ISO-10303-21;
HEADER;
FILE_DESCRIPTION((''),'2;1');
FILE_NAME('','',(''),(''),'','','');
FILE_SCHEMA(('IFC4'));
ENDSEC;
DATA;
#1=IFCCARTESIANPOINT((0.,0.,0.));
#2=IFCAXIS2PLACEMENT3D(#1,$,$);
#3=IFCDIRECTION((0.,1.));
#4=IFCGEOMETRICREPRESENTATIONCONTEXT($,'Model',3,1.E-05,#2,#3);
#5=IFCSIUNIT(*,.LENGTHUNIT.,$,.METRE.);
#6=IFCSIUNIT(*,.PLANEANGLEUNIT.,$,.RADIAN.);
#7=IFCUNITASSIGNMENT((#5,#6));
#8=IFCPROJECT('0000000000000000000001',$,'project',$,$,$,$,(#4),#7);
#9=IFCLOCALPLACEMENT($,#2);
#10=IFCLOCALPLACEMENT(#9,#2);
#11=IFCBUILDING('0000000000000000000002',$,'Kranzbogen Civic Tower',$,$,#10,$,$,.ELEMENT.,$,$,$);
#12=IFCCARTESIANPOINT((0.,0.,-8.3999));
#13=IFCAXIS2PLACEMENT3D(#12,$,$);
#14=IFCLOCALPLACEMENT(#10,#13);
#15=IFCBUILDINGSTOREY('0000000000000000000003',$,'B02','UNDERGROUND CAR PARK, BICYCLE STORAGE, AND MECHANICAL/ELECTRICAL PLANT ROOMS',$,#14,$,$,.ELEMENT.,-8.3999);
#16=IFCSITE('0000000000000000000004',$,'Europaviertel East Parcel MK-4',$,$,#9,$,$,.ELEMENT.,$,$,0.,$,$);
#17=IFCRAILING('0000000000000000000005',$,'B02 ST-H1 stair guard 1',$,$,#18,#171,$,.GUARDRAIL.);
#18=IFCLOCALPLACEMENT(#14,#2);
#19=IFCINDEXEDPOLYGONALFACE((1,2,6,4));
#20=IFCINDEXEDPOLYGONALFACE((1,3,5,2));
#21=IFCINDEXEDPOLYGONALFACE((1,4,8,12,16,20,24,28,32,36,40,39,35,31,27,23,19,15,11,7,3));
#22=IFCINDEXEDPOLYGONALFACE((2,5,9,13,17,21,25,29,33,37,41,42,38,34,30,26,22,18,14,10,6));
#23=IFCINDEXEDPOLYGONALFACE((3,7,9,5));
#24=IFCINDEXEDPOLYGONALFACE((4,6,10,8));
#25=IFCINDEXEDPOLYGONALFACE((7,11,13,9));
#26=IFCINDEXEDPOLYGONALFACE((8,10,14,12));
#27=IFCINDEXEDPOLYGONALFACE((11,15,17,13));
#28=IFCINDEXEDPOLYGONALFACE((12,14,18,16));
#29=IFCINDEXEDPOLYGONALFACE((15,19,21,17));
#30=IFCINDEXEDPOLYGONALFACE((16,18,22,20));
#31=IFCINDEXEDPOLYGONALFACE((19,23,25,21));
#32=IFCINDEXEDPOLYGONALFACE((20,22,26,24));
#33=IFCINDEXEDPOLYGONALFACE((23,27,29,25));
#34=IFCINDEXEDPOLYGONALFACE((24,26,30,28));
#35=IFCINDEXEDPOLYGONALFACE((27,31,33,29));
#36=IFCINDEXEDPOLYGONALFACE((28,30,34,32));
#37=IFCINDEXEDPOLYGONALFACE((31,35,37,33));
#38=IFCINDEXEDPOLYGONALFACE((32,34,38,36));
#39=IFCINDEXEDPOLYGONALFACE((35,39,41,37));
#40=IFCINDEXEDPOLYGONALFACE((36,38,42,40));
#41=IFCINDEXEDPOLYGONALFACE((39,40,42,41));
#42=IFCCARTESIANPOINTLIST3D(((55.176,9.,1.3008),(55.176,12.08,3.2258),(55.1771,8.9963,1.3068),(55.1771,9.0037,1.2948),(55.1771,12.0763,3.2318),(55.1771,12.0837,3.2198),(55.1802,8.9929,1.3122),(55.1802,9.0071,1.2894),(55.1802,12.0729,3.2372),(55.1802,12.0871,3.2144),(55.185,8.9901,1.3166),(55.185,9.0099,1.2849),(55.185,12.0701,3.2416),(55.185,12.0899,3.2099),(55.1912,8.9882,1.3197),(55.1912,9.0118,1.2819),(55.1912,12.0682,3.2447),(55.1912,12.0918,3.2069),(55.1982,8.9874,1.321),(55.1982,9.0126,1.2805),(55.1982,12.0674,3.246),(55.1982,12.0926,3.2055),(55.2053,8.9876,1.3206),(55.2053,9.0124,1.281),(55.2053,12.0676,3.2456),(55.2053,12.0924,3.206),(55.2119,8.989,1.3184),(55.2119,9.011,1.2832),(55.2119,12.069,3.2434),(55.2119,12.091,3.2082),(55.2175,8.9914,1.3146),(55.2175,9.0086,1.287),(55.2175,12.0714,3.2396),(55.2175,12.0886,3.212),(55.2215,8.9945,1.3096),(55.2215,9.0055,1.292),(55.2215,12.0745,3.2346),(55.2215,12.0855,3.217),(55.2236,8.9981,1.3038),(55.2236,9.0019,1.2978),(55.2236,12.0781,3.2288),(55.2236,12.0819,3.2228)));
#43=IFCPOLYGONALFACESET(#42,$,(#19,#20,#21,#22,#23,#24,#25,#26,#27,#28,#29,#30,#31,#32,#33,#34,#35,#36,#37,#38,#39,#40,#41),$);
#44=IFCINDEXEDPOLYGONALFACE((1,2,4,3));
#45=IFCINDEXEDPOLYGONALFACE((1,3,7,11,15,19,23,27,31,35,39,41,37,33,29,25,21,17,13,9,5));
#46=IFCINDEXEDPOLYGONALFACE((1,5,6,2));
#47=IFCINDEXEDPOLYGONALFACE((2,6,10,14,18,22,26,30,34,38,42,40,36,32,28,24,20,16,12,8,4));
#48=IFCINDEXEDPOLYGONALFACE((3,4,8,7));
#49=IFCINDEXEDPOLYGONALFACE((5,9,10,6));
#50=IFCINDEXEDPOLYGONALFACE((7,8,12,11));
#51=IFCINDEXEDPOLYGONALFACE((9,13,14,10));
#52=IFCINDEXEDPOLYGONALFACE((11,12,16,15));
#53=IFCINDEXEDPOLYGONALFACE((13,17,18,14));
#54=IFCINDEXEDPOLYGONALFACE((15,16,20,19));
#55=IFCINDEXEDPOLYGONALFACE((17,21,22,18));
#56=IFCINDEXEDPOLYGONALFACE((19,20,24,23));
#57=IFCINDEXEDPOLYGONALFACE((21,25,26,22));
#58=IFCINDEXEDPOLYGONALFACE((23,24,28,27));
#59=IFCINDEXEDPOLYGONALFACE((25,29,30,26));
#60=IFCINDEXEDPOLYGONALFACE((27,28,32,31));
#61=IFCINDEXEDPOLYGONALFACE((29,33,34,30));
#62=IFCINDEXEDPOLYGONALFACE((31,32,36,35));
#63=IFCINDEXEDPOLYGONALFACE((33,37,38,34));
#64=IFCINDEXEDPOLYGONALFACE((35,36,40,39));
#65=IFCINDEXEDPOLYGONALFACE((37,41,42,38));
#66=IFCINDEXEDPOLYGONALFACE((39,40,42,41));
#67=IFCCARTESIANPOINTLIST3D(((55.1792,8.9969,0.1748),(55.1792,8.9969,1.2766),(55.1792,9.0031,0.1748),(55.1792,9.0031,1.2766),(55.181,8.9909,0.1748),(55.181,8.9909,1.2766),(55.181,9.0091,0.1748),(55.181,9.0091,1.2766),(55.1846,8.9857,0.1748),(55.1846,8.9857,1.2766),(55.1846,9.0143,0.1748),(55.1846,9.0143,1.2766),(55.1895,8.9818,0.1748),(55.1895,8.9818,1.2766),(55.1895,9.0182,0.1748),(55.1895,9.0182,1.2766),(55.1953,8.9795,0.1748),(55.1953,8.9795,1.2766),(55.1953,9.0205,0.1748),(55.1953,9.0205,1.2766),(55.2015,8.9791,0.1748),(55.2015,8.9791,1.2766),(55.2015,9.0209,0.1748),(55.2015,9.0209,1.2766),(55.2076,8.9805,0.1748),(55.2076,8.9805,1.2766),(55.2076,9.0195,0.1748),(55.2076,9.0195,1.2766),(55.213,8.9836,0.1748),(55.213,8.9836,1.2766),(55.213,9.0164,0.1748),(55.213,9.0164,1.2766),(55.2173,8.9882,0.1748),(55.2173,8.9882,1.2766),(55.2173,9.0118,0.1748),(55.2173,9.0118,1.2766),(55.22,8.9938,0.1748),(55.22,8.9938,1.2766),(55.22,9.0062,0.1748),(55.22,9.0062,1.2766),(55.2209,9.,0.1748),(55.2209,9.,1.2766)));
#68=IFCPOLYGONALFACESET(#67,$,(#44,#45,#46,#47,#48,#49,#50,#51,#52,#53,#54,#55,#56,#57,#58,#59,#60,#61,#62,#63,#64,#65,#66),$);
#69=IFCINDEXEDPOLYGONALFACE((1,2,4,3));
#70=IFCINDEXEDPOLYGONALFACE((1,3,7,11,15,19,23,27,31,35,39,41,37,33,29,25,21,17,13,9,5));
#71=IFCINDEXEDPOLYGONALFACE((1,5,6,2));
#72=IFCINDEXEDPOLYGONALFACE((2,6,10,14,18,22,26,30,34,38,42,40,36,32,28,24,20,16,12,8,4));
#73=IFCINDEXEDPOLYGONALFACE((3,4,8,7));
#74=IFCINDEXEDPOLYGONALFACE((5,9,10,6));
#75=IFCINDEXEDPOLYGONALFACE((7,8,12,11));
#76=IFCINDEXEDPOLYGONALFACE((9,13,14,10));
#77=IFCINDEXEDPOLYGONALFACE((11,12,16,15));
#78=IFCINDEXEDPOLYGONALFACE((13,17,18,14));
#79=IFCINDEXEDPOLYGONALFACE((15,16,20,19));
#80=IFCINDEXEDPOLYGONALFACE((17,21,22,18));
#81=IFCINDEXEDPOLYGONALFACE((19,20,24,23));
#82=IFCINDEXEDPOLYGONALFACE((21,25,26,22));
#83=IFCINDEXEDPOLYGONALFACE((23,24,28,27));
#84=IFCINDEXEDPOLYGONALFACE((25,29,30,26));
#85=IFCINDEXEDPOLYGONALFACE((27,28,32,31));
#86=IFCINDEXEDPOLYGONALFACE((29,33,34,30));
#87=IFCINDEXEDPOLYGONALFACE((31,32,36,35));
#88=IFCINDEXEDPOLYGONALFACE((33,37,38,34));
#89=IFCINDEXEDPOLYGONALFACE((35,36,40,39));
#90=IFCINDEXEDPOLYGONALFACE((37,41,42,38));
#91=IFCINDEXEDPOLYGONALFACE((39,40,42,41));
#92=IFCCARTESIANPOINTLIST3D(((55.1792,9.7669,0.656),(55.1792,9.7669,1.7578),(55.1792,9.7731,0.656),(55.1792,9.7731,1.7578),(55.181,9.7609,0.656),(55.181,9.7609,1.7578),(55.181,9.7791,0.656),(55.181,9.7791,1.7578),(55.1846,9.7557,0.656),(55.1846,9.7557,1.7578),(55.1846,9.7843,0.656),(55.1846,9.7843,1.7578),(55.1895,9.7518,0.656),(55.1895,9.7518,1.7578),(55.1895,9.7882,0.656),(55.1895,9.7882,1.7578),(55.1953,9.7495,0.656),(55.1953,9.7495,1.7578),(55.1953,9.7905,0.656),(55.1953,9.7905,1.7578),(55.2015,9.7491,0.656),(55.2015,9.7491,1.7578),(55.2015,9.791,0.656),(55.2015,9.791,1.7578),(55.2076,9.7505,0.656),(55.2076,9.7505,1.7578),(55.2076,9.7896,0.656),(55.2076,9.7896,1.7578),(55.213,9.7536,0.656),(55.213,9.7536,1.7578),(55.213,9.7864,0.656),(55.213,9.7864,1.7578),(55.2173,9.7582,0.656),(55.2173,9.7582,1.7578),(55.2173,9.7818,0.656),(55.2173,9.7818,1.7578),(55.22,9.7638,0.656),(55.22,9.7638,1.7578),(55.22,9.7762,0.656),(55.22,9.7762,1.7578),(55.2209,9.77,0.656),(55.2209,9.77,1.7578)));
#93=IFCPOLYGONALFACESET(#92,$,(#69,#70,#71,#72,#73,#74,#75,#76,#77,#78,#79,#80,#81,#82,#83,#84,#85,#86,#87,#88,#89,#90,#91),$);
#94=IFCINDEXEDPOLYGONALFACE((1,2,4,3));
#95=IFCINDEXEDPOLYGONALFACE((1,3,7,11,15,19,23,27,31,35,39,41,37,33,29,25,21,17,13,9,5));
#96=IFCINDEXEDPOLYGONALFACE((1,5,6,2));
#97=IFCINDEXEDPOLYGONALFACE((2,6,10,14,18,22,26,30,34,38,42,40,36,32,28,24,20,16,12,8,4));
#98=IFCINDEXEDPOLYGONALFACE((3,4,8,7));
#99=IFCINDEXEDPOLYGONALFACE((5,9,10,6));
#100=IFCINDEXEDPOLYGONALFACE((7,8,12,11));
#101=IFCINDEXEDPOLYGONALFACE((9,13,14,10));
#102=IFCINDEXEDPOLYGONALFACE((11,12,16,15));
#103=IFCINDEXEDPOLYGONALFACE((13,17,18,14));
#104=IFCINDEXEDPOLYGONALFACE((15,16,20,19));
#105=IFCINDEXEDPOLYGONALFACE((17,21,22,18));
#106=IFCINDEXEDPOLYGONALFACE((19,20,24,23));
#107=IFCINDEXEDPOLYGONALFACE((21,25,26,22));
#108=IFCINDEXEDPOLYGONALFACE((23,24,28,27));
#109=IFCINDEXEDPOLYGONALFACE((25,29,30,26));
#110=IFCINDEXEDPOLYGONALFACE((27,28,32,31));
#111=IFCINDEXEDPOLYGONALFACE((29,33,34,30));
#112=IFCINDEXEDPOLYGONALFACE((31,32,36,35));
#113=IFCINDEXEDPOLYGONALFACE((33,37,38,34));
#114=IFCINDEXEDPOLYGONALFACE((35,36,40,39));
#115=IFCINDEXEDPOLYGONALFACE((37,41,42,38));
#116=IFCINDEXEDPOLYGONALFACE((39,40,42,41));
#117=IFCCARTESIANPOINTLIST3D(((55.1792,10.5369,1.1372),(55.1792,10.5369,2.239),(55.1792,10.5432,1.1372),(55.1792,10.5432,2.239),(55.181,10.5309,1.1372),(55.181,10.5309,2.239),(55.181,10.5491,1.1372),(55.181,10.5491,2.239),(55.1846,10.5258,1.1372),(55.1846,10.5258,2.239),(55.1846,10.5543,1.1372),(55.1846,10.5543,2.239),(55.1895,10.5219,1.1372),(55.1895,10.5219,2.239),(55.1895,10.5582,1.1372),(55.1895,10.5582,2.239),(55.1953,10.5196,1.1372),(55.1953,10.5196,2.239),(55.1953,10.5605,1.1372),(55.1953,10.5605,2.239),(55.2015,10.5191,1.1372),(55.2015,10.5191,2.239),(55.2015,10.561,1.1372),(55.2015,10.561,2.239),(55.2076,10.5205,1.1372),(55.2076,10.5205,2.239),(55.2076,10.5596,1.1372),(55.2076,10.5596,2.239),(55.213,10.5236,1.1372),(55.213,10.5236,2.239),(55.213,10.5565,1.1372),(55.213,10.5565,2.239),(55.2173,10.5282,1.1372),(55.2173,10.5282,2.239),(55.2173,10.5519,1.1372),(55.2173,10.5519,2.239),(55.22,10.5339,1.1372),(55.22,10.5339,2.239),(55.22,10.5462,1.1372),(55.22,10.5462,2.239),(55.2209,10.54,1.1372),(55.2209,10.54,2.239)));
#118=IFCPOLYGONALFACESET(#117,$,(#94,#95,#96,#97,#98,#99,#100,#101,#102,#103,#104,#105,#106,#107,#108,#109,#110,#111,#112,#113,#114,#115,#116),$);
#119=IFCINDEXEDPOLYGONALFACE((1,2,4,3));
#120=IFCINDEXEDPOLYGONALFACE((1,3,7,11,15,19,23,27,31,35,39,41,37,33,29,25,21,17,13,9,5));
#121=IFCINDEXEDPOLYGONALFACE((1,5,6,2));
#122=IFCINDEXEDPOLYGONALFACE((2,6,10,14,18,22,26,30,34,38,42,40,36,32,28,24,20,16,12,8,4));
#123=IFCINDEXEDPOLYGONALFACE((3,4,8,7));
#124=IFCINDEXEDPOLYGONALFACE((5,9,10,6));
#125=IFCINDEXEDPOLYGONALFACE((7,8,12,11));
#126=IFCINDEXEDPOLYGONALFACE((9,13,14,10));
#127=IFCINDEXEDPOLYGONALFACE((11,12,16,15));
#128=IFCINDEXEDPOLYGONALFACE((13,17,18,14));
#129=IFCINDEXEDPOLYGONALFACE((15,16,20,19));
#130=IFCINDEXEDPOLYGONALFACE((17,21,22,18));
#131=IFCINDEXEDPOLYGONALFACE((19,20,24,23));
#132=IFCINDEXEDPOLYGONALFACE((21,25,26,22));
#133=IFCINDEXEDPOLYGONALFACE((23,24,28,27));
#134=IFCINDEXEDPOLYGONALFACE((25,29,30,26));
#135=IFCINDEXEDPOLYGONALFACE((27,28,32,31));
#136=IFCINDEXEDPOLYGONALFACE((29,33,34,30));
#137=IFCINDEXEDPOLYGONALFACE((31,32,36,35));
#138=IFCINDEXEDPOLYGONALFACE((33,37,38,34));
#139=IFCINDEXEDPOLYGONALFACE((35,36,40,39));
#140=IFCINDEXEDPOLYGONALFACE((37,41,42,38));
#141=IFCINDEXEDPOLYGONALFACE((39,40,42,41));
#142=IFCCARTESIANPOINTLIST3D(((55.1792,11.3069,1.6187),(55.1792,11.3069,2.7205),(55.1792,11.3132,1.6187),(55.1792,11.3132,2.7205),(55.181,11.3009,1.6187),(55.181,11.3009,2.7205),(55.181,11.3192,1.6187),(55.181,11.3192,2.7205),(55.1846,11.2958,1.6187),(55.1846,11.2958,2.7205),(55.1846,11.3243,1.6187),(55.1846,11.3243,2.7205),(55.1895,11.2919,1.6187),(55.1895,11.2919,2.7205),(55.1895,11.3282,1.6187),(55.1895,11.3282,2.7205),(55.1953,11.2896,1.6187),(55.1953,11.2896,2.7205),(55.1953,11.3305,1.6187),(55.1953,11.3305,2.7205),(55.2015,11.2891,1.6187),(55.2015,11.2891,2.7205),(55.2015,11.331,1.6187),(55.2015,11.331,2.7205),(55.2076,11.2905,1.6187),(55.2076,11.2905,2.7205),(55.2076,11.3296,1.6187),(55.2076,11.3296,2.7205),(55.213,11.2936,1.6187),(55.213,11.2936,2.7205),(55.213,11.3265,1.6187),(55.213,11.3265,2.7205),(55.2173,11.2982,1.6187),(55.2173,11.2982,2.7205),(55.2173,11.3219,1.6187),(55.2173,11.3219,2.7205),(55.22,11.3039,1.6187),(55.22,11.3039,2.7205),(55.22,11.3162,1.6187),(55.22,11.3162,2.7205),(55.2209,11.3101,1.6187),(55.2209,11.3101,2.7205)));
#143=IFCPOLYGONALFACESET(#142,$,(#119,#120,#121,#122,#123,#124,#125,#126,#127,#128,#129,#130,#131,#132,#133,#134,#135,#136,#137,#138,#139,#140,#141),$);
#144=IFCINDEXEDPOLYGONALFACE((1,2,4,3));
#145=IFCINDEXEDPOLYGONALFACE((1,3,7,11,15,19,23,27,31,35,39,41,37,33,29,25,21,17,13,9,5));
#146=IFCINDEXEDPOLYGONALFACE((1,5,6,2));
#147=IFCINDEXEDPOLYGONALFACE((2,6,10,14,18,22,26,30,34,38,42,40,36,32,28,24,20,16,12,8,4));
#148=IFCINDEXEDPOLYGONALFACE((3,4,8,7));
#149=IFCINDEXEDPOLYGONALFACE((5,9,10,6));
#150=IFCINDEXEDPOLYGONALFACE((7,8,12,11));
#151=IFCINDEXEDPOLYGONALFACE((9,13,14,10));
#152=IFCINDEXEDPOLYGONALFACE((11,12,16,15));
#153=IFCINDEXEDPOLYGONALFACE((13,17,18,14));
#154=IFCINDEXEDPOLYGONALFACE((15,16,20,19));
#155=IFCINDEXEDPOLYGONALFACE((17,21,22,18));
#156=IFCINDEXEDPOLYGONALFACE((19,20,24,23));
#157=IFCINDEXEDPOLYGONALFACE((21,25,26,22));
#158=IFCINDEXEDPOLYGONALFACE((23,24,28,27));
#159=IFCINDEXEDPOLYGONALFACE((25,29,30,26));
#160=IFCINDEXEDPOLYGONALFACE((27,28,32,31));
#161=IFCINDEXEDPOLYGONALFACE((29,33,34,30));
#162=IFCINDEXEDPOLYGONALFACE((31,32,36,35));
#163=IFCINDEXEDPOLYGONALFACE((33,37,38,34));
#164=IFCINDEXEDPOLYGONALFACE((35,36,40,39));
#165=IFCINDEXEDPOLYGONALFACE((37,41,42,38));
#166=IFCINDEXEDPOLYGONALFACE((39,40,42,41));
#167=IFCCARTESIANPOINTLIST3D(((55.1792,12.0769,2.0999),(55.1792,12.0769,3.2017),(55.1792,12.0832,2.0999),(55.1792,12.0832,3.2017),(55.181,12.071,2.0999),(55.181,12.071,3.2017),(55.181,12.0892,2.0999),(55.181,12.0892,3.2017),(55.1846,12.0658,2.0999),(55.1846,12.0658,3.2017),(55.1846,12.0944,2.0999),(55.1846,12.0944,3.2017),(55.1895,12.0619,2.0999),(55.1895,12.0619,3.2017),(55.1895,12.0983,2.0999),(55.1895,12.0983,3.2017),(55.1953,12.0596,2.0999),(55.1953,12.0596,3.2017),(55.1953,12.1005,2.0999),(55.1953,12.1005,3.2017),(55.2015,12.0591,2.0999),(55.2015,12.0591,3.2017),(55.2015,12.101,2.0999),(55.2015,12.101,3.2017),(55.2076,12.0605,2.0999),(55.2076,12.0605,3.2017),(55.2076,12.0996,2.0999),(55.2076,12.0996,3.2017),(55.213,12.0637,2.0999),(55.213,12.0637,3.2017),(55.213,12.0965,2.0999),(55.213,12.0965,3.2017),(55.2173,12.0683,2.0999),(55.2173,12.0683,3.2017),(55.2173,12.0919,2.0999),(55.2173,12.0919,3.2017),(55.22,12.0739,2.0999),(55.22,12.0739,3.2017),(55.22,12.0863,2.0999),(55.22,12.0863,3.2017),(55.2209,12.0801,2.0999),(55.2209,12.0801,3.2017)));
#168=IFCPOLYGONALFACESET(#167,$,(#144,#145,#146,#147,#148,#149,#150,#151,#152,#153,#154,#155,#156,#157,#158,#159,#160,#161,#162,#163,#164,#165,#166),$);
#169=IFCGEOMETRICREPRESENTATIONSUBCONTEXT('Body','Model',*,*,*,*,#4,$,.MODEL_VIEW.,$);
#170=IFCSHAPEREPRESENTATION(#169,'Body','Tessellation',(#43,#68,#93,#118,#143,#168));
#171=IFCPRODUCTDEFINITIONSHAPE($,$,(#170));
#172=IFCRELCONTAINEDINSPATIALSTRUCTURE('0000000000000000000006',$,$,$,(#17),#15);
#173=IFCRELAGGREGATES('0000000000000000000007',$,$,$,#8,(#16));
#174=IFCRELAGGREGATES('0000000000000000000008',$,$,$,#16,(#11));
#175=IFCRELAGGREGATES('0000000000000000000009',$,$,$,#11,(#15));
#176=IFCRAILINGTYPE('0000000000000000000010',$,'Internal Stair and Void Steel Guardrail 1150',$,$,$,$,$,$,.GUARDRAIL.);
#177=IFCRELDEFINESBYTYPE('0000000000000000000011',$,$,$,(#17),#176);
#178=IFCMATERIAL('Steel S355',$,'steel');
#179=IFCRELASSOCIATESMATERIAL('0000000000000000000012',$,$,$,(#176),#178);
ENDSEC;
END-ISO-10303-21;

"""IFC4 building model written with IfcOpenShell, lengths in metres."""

from ifc_helpers import new_model, si_unit, direction, frame, origin, origin_2d, place, context, subcontext, project, spatial, circle, extrude, material, type_object, element, save


model = new_model("IFC4")

# Units and contexts
model_context = context("Model", 3, precision=1e-05, world=origin(), true_north=direction((0.0, 1.0)))
body_context = subcontext(model_context, "Body", "Model", "MODEL_VIEW")
ifc_project = project(units=[si_unit("LENGTHUNIT", "METRE"), si_unit("PLANEANGLEUNIT", "RADIAN")], contexts=[model_context])

# Site, building, storey
site_placement = place(None, origin())
site = spatial("IfcSite", under=ifc_project, at=site_placement, Name="Europaviertel East Parcel MK-4", CompositionType="ELEMENT", RefElevation=0.0)
building_placement = place(site_placement, origin())
building = spatial("IfcBuilding", under=site, at=building_placement, Name="Kranzbogen Civic Tower", CompositionType="ELEMENT")
storey_placement = place(building_placement, frame((0.0, 0.0, -8.3999)))
storey = spatial("IfcBuildingStorey", under=building, at=storey_placement, Name="B02", Description="UNDERGROUND CAR PARK, BICYCLE STORAGE, AND MECHANICAL/ELECTRICAL PLANT ROOMS", CompositionType="ELEMENT", Elevation=-8.3999)

# Shared definitions
ifc_material_1 = material(Name="Steel S355", Category="steel")

# Railing
railing_type_1 = type_object("IfcRailingType", Name="Internal Stair and Void Steel Guardrail 1150", PredefinedType="GUARDRAIL", material=ifc_material_1)
railing_1_placement = place(storey_placement, frame((55.2, 9.0, 0.1748)))
element("IfcRailing", 1, at=railing_1_placement, inside=storey, type_object=railing_type_1, Name="B02 ST-H1 stair guard 1", PredefinedType="GUARDRAIL", context=body_context, shape_type="SweptSolid", body=[
    extrude(circle(Radius=0.0239, at=origin_2d()), frame((0.0, 0.0, 1.126), z_axis=(0.0, 0.847998, 0.529999), x_axis=(-1.0, 0.0, 0.0)), (0.0, 0.0, 1.0), 3.6321),
    extrude(circle(Radius=0.021, at=origin_2d()), origin(), (0.0, 0.0, 1.0), 1.1018),
    extrude(circle(Radius=0.021, at=origin_2d()), frame((0.0, 0.77, 0.4812)), (0.0, 0.0, 1.0), 1.1018),
    extrude(circle(Radius=0.021, at=origin_2d()), frame((0.0, 1.54, 0.9624)), (0.0, 0.0, 1.0), 1.1018),
    extrude(circle(Radius=0.021, at=origin_2d()), frame((0.0, 2.3101, 1.4438)), (0.0, 0.0, 1.0), 1.1018),
    extrude(circle(Radius=0.021, at=origin_2d()), frame((0.0, 3.0801, 1.925)), (0.0, 0.0, 1.0), 1.1018),
])

save(model, "model.ifc")
